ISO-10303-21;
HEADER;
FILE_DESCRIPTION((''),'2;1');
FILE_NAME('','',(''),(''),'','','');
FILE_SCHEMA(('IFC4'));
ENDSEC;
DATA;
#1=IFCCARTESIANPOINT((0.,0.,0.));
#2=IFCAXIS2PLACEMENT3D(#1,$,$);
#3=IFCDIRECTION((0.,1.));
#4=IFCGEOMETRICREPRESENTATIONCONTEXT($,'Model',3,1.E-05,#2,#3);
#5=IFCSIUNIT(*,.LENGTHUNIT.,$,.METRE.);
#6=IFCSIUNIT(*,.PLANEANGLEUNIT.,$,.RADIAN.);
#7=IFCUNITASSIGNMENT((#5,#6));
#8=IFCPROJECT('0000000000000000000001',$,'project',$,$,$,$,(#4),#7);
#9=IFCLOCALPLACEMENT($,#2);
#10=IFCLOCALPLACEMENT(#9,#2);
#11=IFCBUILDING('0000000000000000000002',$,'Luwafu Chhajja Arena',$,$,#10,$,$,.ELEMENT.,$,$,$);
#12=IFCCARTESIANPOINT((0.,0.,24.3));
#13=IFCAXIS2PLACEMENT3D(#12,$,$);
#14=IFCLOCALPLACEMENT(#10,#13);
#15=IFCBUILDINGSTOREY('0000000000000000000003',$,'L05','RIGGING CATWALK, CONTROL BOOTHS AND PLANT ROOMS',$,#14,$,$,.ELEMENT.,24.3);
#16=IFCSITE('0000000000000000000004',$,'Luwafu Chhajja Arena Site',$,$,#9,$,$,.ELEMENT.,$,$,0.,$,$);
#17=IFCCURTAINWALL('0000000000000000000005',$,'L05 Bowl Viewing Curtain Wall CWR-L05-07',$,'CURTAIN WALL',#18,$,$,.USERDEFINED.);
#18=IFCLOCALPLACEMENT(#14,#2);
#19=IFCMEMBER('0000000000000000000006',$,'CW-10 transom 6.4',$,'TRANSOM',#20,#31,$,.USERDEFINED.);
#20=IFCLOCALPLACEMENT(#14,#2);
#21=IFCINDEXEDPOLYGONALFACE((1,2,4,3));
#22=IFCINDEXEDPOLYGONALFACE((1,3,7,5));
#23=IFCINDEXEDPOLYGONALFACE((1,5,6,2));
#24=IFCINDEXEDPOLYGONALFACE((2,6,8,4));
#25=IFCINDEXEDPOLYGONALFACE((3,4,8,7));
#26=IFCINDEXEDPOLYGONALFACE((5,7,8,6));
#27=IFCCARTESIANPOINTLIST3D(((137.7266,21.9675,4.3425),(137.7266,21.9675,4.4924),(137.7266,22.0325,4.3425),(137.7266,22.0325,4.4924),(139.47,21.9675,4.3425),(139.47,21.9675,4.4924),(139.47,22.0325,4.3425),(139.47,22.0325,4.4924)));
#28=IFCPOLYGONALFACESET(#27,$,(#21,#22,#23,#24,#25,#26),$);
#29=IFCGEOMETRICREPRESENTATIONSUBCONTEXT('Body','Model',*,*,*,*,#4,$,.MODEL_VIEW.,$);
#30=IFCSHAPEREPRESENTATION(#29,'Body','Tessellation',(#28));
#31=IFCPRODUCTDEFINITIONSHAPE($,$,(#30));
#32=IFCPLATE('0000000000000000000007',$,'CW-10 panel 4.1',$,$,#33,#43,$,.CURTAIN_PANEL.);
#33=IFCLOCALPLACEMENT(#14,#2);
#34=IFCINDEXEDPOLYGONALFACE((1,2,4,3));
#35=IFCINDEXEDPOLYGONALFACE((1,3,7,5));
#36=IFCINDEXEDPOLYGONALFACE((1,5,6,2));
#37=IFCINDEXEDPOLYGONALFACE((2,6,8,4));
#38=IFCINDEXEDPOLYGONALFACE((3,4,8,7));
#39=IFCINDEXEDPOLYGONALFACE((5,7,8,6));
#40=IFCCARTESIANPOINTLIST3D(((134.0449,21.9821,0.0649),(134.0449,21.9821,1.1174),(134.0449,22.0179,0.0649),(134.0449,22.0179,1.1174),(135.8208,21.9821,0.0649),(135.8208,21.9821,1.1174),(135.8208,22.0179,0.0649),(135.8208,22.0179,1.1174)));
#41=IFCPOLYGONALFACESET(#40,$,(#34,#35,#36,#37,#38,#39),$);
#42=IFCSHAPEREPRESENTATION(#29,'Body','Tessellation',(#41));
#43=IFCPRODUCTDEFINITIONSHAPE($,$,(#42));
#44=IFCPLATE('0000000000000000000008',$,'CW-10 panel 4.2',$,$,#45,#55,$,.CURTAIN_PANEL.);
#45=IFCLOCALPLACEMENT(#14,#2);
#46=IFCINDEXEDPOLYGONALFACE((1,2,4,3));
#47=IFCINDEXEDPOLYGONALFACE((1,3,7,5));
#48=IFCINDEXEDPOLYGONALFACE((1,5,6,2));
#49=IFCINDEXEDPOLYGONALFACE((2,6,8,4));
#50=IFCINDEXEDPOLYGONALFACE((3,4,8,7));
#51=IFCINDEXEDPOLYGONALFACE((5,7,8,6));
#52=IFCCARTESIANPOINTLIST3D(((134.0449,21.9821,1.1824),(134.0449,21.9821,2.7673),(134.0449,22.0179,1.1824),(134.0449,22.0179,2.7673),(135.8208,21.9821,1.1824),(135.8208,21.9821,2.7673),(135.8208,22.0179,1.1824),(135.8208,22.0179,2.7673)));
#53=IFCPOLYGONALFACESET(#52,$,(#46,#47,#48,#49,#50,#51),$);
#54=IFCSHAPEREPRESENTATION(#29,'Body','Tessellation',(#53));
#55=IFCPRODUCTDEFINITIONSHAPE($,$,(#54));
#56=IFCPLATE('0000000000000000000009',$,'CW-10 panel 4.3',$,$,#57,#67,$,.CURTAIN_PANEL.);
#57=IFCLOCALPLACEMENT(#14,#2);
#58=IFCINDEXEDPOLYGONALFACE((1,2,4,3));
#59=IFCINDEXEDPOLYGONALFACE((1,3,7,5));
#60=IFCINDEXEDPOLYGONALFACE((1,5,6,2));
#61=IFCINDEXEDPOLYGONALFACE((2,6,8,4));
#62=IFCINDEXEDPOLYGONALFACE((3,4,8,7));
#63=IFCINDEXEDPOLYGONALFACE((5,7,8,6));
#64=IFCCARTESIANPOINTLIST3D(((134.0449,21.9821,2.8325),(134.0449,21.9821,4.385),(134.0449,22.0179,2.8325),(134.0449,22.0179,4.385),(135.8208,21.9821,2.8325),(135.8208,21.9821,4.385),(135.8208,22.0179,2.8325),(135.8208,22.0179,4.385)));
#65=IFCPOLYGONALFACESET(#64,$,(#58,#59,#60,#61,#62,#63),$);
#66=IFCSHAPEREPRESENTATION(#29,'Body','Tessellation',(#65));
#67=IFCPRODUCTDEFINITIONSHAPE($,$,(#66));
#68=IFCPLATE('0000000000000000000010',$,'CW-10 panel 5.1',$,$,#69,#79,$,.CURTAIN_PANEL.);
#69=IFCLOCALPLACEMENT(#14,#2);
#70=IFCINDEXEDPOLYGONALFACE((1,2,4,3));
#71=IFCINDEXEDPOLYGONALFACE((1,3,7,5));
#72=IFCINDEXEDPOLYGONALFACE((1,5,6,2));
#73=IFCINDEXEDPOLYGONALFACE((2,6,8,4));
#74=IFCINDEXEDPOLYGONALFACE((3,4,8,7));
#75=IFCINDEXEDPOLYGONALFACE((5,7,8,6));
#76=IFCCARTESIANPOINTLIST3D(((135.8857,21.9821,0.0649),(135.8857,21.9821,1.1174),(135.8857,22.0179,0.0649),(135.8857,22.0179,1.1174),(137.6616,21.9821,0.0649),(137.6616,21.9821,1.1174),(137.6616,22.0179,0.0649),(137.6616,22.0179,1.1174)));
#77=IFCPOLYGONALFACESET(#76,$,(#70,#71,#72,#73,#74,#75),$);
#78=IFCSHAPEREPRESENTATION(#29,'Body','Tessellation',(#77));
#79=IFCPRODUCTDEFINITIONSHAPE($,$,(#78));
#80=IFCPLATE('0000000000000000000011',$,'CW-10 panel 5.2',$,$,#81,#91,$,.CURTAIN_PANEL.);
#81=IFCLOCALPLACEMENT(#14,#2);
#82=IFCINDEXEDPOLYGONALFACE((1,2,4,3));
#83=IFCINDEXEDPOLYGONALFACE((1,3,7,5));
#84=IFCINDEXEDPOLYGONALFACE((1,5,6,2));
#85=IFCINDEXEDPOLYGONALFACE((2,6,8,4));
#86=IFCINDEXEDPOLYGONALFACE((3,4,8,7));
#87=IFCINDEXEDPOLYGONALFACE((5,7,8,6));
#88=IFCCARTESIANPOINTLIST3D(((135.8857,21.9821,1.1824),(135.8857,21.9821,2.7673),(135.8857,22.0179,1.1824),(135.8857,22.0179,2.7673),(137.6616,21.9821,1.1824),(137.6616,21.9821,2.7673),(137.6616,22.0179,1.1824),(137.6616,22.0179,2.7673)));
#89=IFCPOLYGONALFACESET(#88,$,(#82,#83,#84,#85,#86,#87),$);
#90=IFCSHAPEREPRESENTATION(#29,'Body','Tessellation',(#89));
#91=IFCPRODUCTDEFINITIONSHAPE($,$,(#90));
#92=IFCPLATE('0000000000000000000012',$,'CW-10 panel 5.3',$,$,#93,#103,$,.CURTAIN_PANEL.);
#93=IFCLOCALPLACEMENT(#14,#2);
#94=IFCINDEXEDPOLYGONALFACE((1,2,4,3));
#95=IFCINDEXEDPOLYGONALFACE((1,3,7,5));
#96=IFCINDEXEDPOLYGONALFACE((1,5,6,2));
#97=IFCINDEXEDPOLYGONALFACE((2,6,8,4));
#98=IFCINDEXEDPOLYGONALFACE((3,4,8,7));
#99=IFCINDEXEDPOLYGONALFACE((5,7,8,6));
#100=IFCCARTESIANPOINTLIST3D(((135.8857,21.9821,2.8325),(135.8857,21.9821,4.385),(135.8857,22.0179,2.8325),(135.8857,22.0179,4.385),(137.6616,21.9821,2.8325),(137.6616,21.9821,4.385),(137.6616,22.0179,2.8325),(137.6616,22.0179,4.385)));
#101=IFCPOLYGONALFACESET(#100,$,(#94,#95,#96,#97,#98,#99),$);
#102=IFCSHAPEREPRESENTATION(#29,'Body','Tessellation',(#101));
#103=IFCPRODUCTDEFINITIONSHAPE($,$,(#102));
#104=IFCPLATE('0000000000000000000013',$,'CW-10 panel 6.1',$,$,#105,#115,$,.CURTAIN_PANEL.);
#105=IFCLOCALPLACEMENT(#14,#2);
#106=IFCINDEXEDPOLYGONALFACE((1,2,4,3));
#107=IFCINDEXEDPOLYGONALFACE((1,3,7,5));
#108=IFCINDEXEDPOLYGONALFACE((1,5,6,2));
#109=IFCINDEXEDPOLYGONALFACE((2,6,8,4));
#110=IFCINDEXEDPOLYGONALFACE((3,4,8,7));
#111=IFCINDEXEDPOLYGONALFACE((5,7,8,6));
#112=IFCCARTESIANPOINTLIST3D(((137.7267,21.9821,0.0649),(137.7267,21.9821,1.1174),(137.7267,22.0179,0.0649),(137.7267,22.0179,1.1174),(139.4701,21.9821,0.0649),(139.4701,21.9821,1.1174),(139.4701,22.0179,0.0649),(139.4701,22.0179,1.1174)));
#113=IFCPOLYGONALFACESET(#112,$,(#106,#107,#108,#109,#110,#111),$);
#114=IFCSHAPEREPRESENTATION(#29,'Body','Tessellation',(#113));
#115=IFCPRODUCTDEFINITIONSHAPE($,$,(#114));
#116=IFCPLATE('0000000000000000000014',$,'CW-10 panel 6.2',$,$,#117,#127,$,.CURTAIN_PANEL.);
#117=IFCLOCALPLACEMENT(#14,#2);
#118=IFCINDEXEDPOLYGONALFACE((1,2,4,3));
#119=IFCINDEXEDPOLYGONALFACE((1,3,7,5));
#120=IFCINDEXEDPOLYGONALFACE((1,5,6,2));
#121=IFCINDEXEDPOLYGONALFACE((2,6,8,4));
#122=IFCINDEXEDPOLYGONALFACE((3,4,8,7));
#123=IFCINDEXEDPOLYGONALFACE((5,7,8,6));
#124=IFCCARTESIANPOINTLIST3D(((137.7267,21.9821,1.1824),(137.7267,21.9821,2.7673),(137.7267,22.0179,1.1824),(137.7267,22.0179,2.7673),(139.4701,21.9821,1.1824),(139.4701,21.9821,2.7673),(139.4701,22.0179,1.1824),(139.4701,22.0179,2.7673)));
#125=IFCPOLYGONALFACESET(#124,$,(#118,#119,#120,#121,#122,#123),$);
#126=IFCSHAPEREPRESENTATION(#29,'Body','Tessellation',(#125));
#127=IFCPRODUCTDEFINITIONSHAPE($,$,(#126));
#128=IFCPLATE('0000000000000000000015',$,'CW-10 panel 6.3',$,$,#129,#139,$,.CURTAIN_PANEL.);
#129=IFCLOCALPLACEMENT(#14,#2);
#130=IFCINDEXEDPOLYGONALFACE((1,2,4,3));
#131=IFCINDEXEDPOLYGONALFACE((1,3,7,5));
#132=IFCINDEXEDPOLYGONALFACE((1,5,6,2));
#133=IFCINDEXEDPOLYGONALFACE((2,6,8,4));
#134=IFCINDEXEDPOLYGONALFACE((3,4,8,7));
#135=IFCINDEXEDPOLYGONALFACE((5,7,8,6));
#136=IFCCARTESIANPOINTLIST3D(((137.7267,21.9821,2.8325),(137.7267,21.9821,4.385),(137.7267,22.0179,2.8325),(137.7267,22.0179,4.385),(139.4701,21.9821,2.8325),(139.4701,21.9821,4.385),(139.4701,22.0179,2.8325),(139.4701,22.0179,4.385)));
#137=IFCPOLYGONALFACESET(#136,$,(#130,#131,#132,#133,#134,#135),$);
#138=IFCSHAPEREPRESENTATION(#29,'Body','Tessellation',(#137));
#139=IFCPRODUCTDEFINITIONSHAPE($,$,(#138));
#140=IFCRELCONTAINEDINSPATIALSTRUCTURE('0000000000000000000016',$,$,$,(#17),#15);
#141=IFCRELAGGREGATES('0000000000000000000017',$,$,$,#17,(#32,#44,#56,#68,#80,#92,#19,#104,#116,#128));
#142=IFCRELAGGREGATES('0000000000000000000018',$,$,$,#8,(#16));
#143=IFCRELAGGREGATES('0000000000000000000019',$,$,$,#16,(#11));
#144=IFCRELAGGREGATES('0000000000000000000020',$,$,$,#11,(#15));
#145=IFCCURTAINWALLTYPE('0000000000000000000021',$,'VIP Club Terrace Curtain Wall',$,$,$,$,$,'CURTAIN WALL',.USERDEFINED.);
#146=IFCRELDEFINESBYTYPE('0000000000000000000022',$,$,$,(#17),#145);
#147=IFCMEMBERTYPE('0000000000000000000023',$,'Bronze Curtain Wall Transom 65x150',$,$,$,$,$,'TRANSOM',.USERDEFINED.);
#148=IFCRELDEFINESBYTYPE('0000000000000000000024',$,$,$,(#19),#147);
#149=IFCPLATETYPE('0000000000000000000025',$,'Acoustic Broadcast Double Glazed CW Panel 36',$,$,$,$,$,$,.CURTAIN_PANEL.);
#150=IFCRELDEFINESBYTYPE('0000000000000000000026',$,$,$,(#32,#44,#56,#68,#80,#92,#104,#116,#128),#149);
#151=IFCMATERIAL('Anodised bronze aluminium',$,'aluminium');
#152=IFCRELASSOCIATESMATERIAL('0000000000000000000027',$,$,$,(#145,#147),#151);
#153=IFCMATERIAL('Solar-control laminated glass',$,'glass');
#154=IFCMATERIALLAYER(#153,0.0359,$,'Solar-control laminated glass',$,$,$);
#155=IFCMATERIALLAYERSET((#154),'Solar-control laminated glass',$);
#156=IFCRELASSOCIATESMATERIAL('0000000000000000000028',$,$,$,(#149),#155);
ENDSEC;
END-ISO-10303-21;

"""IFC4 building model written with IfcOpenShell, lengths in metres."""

from ifc_helpers import new_model, si_unit, direction, frame, origin, origin_2d, place, context, subcontext, project, spatial, rectangle, extrude, material, layer, layer_set, material_profile, profile_set, type_object, element, aggregate, save


model = new_model("IFC4")

# Units and contexts
model_context = context("Model", 3, precision=1e-05, world=origin(), true_north=direction((0.0, 1.0)))
body_context = subcontext(model_context, "Body", "Model", "MODEL_VIEW")
ifc_project = project(units=[si_unit("LENGTHUNIT", "METRE"), si_unit("PLANEANGLEUNIT", "RADIAN")], contexts=[model_context])

# Site, building, storey
site_placement = place(None, origin())
site = spatial("IfcSite", under=ifc_project, at=site_placement, Name="Luwafu Chhajja Arena Site", CompositionType="ELEMENT", RefElevation=0.0)
building_placement = place(site_placement, origin())
building = spatial("IfcBuilding", under=site, at=building_placement, Name="Luwafu Chhajja Arena", CompositionType="ELEMENT")
storey_placement = place(building_placement, frame((0.0, 0.0, 24.3)))
storey = spatial("IfcBuildingStorey", under=building, at=storey_placement, Name="L05", Description="RIGGING CATWALK, CONTROL BOOTHS AND PLANT ROOMS", CompositionType="ELEMENT", Elevation=24.3)

# Curtain wall, member, plates
ifc_material_1 = material(Name="Anodised bronze aluminium", Category="aluminium")
curtain_wall_type = type_object("IfcCurtainWallType", Name="VIP Club Terrace Curtain Wall", ElementType="CURTAIN WALL", PredefinedType="USERDEFINED", material=ifc_material_1)
curtain_wall_placement = place(storey_placement, origin())
curtain_wall = element("IfcCurtainWall", 1, at=curtain_wall_placement, inside=storey, type_object=curtain_wall_type, Name="L05 Bowl Viewing Curtain Wall CWR-L05-07", ObjectType="CURTAIN WALL", PredefinedType="USERDEFINED")
ifc_material_profile_1 = material_profile(ifc_material_1, rectangle(XDim=0.0649, YDim=0.1499, at=origin_2d()), Name="CWT 65x150")
ifc_profile_set_1 = profile_set([ifc_material_profile_1], Name="Anodised bronze aluminium")
member_type_1 = type_object("IfcMemberType", Name="Bronze Curtain Wall Transom 65x150", ElementType="TRANSOM", PredefinedType="USERDEFINED", material=ifc_profile_set_1)
member_1_placement = place(storey_placement, frame((137.7266, 22.0, 4.4175), z_axis=(1.0, 0.0, 0.0), x_axis=(0.0, 1.0, 0.0)))
member_1 = element("IfcMember", 2, at=member_1_placement, type_object=member_type_1, Name="CW-10 transom 6.4", ObjectType="TRANSOM", PredefinedType="USERDEFINED", context=body_context, shape_type="SweptSolid", body=[
    extrude(rectangle(XDim=0.0649, YDim=0.1499, at=origin_2d()), origin(), (0.0, 0.0, 1.0), 1.7434),
])
ifc_material_2 = material(Name="Solar-control laminated glass", Category="glass")
ifc_layer = layer(ifc_material_2, 0.0359, Name="Solar-control laminated glass")
ifc_layer_set = layer_set([ifc_layer], Name="Solar-control laminated glass")
plate_type = type_object("IfcPlateType", Name="Acoustic Broadcast Double Glazed CW Panel 36", PredefinedType="CURTAIN_PANEL", material=ifc_layer_set)
plate_1_placement = place(storey_placement, frame((134.9329, 22.0, 0.0649), z_axis=(0.0, 0.0, 1.0), x_axis=(1.0, 0.0, 0.0)))
plate_1 = element("IfcPlate", 3, at=plate_1_placement, type_object=plate_type, Name="CW-10 panel 4.1", PredefinedType="CURTAIN_PANEL", context=body_context, shape_type="SweptSolid", body=[
    extrude(rectangle(XDim=1.7759, YDim=0.0359, at=origin_2d()), origin(), (0.0, 0.0, 1.0), 1.0525),
])
plate_2_placement = place(storey_placement, frame((134.9329, 22.0, 1.1824), z_axis=(0.0, 0.0, 1.0), x_axis=(1.0, 0.0, 0.0)))
plate_2 = element("IfcPlate", 4, at=plate_2_placement, type_object=plate_type, Name="CW-10 panel 4.2", PredefinedType="CURTAIN_PANEL", context=body_context, shape_type="SweptSolid", body=[
    extrude(rectangle(XDim=1.7759, YDim=0.0359, at=origin_2d()), origin(), (0.0, 0.0, 1.0), 1.585),
])
plate_3_placement = place(storey_placement, frame((134.9329, 22.0, 2.8325), z_axis=(0.0, 0.0, 1.0), x_axis=(1.0, 0.0, 0.0)))
plate_3 = element("IfcPlate", 5, at=plate_3_placement, type_object=plate_type, Name="CW-10 panel 4.3", PredefinedType="CURTAIN_PANEL", context=body_context, shape_type="SweptSolid", body=[
    extrude(rectangle(XDim=1.7759, YDim=0.0359, at=origin_2d()), origin(), (0.0, 0.0, 1.0), 1.5525),
])
plate_4_placement = place(storey_placement, frame((136.7737, 22.0, 0.0649), z_axis=(0.0, 0.0, 1.0), x_axis=(1.0, 0.0, 0.0)))
plate_4 = element("IfcPlate", 6, at=plate_4_placement, type_object=plate_type, Name="CW-10 panel 5.1", PredefinedType="CURTAIN_PANEL", context=body_context, shape_type="SweptSolid", body=[
    extrude(rectangle(XDim=1.7759, YDim=0.0359, at=origin_2d()), origin(), (0.0, 0.0, 1.0), 1.0525),
])
plate_5_placement = place(storey_placement, frame((136.7737, 22.0, 1.1824), z_axis=(0.0, 0.0, 1.0), x_axis=(1.0, 0.0, 0.0)))
plate_5 = element("IfcPlate", 7, at=plate_5_placement, type_object=plate_type, Name="CW-10 panel 5.2", PredefinedType="CURTAIN_PANEL", context=body_context, shape_type="SweptSolid", body=[
    extrude(rectangle(XDim=1.7759, YDim=0.0359, at=origin_2d()), origin(), (0.0, 0.0, 1.0), 1.585),
])
plate_6_placement = place(storey_placement, frame((136.7737, 22.0, 2.8325), z_axis=(0.0, 0.0, 1.0), x_axis=(1.0, 0.0, 0.0)))
plate_6 = element("IfcPlate", 8, at=plate_6_placement, type_object=plate_type, Name="CW-10 panel 5.3", PredefinedType="CURTAIN_PANEL", context=body_context, shape_type="SweptSolid", body=[
    extrude(rectangle(XDim=1.7759, YDim=0.0359, at=origin_2d()), origin(), (0.0, 0.0, 1.0), 1.5525),
])
plate_7_placement = place(storey_placement, frame((138.5984, 22.0, 0.0649), z_axis=(0.0, 0.0, 1.0), x_axis=(1.0, 0.0, 0.0)))
plate_7 = element("IfcPlate", 9, at=plate_7_placement, type_object=plate_type, Name="CW-10 panel 6.1", PredefinedType="CURTAIN_PANEL", context=body_context, shape_type="SweptSolid", body=[
    extrude(rectangle(XDim=1.7434, YDim=0.0359, at=origin_2d()), origin(), (0.0, 0.0, 1.0), 1.0525),
])
plate_8_placement = place(storey_placement, frame((138.5984, 22.0, 1.1824), z_axis=(0.0, 0.0, 1.0), x_axis=(1.0, 0.0, 0.0)))
plate_8 = element("IfcPlate", 10, at=plate_8_placement, type_object=plate_type, Name="CW-10 panel 6.2", PredefinedType="CURTAIN_PANEL", context=body_context, shape_type="SweptSolid", body=[
    extrude(rectangle(XDim=1.7434, YDim=0.0359, at=origin_2d()), origin(), (0.0, 0.0, 1.0), 1.585),
])
plate_9_placement = place(storey_placement, frame((138.5984, 22.0, 2.8325), z_axis=(0.0, 0.0, 1.0), x_axis=(1.0, 0.0, 0.0)))
plate_9 = element("IfcPlate", 11, at=plate_9_placement, type_object=plate_type, Name="CW-10 panel 6.3", PredefinedType="CURTAIN_PANEL", context=body_context, shape_type="SweptSolid", body=[
    extrude(rectangle(XDim=1.7434, YDim=0.0359, at=origin_2d()), origin(), (0.0, 0.0, 1.0), 1.5525),
])
aggregate(curtain_wall, [plate_1, plate_2, plate_3, plate_4, plate_5, plate_6, member_1, plate_7, plate_8, plate_9])

save(model, "model.ifc")
